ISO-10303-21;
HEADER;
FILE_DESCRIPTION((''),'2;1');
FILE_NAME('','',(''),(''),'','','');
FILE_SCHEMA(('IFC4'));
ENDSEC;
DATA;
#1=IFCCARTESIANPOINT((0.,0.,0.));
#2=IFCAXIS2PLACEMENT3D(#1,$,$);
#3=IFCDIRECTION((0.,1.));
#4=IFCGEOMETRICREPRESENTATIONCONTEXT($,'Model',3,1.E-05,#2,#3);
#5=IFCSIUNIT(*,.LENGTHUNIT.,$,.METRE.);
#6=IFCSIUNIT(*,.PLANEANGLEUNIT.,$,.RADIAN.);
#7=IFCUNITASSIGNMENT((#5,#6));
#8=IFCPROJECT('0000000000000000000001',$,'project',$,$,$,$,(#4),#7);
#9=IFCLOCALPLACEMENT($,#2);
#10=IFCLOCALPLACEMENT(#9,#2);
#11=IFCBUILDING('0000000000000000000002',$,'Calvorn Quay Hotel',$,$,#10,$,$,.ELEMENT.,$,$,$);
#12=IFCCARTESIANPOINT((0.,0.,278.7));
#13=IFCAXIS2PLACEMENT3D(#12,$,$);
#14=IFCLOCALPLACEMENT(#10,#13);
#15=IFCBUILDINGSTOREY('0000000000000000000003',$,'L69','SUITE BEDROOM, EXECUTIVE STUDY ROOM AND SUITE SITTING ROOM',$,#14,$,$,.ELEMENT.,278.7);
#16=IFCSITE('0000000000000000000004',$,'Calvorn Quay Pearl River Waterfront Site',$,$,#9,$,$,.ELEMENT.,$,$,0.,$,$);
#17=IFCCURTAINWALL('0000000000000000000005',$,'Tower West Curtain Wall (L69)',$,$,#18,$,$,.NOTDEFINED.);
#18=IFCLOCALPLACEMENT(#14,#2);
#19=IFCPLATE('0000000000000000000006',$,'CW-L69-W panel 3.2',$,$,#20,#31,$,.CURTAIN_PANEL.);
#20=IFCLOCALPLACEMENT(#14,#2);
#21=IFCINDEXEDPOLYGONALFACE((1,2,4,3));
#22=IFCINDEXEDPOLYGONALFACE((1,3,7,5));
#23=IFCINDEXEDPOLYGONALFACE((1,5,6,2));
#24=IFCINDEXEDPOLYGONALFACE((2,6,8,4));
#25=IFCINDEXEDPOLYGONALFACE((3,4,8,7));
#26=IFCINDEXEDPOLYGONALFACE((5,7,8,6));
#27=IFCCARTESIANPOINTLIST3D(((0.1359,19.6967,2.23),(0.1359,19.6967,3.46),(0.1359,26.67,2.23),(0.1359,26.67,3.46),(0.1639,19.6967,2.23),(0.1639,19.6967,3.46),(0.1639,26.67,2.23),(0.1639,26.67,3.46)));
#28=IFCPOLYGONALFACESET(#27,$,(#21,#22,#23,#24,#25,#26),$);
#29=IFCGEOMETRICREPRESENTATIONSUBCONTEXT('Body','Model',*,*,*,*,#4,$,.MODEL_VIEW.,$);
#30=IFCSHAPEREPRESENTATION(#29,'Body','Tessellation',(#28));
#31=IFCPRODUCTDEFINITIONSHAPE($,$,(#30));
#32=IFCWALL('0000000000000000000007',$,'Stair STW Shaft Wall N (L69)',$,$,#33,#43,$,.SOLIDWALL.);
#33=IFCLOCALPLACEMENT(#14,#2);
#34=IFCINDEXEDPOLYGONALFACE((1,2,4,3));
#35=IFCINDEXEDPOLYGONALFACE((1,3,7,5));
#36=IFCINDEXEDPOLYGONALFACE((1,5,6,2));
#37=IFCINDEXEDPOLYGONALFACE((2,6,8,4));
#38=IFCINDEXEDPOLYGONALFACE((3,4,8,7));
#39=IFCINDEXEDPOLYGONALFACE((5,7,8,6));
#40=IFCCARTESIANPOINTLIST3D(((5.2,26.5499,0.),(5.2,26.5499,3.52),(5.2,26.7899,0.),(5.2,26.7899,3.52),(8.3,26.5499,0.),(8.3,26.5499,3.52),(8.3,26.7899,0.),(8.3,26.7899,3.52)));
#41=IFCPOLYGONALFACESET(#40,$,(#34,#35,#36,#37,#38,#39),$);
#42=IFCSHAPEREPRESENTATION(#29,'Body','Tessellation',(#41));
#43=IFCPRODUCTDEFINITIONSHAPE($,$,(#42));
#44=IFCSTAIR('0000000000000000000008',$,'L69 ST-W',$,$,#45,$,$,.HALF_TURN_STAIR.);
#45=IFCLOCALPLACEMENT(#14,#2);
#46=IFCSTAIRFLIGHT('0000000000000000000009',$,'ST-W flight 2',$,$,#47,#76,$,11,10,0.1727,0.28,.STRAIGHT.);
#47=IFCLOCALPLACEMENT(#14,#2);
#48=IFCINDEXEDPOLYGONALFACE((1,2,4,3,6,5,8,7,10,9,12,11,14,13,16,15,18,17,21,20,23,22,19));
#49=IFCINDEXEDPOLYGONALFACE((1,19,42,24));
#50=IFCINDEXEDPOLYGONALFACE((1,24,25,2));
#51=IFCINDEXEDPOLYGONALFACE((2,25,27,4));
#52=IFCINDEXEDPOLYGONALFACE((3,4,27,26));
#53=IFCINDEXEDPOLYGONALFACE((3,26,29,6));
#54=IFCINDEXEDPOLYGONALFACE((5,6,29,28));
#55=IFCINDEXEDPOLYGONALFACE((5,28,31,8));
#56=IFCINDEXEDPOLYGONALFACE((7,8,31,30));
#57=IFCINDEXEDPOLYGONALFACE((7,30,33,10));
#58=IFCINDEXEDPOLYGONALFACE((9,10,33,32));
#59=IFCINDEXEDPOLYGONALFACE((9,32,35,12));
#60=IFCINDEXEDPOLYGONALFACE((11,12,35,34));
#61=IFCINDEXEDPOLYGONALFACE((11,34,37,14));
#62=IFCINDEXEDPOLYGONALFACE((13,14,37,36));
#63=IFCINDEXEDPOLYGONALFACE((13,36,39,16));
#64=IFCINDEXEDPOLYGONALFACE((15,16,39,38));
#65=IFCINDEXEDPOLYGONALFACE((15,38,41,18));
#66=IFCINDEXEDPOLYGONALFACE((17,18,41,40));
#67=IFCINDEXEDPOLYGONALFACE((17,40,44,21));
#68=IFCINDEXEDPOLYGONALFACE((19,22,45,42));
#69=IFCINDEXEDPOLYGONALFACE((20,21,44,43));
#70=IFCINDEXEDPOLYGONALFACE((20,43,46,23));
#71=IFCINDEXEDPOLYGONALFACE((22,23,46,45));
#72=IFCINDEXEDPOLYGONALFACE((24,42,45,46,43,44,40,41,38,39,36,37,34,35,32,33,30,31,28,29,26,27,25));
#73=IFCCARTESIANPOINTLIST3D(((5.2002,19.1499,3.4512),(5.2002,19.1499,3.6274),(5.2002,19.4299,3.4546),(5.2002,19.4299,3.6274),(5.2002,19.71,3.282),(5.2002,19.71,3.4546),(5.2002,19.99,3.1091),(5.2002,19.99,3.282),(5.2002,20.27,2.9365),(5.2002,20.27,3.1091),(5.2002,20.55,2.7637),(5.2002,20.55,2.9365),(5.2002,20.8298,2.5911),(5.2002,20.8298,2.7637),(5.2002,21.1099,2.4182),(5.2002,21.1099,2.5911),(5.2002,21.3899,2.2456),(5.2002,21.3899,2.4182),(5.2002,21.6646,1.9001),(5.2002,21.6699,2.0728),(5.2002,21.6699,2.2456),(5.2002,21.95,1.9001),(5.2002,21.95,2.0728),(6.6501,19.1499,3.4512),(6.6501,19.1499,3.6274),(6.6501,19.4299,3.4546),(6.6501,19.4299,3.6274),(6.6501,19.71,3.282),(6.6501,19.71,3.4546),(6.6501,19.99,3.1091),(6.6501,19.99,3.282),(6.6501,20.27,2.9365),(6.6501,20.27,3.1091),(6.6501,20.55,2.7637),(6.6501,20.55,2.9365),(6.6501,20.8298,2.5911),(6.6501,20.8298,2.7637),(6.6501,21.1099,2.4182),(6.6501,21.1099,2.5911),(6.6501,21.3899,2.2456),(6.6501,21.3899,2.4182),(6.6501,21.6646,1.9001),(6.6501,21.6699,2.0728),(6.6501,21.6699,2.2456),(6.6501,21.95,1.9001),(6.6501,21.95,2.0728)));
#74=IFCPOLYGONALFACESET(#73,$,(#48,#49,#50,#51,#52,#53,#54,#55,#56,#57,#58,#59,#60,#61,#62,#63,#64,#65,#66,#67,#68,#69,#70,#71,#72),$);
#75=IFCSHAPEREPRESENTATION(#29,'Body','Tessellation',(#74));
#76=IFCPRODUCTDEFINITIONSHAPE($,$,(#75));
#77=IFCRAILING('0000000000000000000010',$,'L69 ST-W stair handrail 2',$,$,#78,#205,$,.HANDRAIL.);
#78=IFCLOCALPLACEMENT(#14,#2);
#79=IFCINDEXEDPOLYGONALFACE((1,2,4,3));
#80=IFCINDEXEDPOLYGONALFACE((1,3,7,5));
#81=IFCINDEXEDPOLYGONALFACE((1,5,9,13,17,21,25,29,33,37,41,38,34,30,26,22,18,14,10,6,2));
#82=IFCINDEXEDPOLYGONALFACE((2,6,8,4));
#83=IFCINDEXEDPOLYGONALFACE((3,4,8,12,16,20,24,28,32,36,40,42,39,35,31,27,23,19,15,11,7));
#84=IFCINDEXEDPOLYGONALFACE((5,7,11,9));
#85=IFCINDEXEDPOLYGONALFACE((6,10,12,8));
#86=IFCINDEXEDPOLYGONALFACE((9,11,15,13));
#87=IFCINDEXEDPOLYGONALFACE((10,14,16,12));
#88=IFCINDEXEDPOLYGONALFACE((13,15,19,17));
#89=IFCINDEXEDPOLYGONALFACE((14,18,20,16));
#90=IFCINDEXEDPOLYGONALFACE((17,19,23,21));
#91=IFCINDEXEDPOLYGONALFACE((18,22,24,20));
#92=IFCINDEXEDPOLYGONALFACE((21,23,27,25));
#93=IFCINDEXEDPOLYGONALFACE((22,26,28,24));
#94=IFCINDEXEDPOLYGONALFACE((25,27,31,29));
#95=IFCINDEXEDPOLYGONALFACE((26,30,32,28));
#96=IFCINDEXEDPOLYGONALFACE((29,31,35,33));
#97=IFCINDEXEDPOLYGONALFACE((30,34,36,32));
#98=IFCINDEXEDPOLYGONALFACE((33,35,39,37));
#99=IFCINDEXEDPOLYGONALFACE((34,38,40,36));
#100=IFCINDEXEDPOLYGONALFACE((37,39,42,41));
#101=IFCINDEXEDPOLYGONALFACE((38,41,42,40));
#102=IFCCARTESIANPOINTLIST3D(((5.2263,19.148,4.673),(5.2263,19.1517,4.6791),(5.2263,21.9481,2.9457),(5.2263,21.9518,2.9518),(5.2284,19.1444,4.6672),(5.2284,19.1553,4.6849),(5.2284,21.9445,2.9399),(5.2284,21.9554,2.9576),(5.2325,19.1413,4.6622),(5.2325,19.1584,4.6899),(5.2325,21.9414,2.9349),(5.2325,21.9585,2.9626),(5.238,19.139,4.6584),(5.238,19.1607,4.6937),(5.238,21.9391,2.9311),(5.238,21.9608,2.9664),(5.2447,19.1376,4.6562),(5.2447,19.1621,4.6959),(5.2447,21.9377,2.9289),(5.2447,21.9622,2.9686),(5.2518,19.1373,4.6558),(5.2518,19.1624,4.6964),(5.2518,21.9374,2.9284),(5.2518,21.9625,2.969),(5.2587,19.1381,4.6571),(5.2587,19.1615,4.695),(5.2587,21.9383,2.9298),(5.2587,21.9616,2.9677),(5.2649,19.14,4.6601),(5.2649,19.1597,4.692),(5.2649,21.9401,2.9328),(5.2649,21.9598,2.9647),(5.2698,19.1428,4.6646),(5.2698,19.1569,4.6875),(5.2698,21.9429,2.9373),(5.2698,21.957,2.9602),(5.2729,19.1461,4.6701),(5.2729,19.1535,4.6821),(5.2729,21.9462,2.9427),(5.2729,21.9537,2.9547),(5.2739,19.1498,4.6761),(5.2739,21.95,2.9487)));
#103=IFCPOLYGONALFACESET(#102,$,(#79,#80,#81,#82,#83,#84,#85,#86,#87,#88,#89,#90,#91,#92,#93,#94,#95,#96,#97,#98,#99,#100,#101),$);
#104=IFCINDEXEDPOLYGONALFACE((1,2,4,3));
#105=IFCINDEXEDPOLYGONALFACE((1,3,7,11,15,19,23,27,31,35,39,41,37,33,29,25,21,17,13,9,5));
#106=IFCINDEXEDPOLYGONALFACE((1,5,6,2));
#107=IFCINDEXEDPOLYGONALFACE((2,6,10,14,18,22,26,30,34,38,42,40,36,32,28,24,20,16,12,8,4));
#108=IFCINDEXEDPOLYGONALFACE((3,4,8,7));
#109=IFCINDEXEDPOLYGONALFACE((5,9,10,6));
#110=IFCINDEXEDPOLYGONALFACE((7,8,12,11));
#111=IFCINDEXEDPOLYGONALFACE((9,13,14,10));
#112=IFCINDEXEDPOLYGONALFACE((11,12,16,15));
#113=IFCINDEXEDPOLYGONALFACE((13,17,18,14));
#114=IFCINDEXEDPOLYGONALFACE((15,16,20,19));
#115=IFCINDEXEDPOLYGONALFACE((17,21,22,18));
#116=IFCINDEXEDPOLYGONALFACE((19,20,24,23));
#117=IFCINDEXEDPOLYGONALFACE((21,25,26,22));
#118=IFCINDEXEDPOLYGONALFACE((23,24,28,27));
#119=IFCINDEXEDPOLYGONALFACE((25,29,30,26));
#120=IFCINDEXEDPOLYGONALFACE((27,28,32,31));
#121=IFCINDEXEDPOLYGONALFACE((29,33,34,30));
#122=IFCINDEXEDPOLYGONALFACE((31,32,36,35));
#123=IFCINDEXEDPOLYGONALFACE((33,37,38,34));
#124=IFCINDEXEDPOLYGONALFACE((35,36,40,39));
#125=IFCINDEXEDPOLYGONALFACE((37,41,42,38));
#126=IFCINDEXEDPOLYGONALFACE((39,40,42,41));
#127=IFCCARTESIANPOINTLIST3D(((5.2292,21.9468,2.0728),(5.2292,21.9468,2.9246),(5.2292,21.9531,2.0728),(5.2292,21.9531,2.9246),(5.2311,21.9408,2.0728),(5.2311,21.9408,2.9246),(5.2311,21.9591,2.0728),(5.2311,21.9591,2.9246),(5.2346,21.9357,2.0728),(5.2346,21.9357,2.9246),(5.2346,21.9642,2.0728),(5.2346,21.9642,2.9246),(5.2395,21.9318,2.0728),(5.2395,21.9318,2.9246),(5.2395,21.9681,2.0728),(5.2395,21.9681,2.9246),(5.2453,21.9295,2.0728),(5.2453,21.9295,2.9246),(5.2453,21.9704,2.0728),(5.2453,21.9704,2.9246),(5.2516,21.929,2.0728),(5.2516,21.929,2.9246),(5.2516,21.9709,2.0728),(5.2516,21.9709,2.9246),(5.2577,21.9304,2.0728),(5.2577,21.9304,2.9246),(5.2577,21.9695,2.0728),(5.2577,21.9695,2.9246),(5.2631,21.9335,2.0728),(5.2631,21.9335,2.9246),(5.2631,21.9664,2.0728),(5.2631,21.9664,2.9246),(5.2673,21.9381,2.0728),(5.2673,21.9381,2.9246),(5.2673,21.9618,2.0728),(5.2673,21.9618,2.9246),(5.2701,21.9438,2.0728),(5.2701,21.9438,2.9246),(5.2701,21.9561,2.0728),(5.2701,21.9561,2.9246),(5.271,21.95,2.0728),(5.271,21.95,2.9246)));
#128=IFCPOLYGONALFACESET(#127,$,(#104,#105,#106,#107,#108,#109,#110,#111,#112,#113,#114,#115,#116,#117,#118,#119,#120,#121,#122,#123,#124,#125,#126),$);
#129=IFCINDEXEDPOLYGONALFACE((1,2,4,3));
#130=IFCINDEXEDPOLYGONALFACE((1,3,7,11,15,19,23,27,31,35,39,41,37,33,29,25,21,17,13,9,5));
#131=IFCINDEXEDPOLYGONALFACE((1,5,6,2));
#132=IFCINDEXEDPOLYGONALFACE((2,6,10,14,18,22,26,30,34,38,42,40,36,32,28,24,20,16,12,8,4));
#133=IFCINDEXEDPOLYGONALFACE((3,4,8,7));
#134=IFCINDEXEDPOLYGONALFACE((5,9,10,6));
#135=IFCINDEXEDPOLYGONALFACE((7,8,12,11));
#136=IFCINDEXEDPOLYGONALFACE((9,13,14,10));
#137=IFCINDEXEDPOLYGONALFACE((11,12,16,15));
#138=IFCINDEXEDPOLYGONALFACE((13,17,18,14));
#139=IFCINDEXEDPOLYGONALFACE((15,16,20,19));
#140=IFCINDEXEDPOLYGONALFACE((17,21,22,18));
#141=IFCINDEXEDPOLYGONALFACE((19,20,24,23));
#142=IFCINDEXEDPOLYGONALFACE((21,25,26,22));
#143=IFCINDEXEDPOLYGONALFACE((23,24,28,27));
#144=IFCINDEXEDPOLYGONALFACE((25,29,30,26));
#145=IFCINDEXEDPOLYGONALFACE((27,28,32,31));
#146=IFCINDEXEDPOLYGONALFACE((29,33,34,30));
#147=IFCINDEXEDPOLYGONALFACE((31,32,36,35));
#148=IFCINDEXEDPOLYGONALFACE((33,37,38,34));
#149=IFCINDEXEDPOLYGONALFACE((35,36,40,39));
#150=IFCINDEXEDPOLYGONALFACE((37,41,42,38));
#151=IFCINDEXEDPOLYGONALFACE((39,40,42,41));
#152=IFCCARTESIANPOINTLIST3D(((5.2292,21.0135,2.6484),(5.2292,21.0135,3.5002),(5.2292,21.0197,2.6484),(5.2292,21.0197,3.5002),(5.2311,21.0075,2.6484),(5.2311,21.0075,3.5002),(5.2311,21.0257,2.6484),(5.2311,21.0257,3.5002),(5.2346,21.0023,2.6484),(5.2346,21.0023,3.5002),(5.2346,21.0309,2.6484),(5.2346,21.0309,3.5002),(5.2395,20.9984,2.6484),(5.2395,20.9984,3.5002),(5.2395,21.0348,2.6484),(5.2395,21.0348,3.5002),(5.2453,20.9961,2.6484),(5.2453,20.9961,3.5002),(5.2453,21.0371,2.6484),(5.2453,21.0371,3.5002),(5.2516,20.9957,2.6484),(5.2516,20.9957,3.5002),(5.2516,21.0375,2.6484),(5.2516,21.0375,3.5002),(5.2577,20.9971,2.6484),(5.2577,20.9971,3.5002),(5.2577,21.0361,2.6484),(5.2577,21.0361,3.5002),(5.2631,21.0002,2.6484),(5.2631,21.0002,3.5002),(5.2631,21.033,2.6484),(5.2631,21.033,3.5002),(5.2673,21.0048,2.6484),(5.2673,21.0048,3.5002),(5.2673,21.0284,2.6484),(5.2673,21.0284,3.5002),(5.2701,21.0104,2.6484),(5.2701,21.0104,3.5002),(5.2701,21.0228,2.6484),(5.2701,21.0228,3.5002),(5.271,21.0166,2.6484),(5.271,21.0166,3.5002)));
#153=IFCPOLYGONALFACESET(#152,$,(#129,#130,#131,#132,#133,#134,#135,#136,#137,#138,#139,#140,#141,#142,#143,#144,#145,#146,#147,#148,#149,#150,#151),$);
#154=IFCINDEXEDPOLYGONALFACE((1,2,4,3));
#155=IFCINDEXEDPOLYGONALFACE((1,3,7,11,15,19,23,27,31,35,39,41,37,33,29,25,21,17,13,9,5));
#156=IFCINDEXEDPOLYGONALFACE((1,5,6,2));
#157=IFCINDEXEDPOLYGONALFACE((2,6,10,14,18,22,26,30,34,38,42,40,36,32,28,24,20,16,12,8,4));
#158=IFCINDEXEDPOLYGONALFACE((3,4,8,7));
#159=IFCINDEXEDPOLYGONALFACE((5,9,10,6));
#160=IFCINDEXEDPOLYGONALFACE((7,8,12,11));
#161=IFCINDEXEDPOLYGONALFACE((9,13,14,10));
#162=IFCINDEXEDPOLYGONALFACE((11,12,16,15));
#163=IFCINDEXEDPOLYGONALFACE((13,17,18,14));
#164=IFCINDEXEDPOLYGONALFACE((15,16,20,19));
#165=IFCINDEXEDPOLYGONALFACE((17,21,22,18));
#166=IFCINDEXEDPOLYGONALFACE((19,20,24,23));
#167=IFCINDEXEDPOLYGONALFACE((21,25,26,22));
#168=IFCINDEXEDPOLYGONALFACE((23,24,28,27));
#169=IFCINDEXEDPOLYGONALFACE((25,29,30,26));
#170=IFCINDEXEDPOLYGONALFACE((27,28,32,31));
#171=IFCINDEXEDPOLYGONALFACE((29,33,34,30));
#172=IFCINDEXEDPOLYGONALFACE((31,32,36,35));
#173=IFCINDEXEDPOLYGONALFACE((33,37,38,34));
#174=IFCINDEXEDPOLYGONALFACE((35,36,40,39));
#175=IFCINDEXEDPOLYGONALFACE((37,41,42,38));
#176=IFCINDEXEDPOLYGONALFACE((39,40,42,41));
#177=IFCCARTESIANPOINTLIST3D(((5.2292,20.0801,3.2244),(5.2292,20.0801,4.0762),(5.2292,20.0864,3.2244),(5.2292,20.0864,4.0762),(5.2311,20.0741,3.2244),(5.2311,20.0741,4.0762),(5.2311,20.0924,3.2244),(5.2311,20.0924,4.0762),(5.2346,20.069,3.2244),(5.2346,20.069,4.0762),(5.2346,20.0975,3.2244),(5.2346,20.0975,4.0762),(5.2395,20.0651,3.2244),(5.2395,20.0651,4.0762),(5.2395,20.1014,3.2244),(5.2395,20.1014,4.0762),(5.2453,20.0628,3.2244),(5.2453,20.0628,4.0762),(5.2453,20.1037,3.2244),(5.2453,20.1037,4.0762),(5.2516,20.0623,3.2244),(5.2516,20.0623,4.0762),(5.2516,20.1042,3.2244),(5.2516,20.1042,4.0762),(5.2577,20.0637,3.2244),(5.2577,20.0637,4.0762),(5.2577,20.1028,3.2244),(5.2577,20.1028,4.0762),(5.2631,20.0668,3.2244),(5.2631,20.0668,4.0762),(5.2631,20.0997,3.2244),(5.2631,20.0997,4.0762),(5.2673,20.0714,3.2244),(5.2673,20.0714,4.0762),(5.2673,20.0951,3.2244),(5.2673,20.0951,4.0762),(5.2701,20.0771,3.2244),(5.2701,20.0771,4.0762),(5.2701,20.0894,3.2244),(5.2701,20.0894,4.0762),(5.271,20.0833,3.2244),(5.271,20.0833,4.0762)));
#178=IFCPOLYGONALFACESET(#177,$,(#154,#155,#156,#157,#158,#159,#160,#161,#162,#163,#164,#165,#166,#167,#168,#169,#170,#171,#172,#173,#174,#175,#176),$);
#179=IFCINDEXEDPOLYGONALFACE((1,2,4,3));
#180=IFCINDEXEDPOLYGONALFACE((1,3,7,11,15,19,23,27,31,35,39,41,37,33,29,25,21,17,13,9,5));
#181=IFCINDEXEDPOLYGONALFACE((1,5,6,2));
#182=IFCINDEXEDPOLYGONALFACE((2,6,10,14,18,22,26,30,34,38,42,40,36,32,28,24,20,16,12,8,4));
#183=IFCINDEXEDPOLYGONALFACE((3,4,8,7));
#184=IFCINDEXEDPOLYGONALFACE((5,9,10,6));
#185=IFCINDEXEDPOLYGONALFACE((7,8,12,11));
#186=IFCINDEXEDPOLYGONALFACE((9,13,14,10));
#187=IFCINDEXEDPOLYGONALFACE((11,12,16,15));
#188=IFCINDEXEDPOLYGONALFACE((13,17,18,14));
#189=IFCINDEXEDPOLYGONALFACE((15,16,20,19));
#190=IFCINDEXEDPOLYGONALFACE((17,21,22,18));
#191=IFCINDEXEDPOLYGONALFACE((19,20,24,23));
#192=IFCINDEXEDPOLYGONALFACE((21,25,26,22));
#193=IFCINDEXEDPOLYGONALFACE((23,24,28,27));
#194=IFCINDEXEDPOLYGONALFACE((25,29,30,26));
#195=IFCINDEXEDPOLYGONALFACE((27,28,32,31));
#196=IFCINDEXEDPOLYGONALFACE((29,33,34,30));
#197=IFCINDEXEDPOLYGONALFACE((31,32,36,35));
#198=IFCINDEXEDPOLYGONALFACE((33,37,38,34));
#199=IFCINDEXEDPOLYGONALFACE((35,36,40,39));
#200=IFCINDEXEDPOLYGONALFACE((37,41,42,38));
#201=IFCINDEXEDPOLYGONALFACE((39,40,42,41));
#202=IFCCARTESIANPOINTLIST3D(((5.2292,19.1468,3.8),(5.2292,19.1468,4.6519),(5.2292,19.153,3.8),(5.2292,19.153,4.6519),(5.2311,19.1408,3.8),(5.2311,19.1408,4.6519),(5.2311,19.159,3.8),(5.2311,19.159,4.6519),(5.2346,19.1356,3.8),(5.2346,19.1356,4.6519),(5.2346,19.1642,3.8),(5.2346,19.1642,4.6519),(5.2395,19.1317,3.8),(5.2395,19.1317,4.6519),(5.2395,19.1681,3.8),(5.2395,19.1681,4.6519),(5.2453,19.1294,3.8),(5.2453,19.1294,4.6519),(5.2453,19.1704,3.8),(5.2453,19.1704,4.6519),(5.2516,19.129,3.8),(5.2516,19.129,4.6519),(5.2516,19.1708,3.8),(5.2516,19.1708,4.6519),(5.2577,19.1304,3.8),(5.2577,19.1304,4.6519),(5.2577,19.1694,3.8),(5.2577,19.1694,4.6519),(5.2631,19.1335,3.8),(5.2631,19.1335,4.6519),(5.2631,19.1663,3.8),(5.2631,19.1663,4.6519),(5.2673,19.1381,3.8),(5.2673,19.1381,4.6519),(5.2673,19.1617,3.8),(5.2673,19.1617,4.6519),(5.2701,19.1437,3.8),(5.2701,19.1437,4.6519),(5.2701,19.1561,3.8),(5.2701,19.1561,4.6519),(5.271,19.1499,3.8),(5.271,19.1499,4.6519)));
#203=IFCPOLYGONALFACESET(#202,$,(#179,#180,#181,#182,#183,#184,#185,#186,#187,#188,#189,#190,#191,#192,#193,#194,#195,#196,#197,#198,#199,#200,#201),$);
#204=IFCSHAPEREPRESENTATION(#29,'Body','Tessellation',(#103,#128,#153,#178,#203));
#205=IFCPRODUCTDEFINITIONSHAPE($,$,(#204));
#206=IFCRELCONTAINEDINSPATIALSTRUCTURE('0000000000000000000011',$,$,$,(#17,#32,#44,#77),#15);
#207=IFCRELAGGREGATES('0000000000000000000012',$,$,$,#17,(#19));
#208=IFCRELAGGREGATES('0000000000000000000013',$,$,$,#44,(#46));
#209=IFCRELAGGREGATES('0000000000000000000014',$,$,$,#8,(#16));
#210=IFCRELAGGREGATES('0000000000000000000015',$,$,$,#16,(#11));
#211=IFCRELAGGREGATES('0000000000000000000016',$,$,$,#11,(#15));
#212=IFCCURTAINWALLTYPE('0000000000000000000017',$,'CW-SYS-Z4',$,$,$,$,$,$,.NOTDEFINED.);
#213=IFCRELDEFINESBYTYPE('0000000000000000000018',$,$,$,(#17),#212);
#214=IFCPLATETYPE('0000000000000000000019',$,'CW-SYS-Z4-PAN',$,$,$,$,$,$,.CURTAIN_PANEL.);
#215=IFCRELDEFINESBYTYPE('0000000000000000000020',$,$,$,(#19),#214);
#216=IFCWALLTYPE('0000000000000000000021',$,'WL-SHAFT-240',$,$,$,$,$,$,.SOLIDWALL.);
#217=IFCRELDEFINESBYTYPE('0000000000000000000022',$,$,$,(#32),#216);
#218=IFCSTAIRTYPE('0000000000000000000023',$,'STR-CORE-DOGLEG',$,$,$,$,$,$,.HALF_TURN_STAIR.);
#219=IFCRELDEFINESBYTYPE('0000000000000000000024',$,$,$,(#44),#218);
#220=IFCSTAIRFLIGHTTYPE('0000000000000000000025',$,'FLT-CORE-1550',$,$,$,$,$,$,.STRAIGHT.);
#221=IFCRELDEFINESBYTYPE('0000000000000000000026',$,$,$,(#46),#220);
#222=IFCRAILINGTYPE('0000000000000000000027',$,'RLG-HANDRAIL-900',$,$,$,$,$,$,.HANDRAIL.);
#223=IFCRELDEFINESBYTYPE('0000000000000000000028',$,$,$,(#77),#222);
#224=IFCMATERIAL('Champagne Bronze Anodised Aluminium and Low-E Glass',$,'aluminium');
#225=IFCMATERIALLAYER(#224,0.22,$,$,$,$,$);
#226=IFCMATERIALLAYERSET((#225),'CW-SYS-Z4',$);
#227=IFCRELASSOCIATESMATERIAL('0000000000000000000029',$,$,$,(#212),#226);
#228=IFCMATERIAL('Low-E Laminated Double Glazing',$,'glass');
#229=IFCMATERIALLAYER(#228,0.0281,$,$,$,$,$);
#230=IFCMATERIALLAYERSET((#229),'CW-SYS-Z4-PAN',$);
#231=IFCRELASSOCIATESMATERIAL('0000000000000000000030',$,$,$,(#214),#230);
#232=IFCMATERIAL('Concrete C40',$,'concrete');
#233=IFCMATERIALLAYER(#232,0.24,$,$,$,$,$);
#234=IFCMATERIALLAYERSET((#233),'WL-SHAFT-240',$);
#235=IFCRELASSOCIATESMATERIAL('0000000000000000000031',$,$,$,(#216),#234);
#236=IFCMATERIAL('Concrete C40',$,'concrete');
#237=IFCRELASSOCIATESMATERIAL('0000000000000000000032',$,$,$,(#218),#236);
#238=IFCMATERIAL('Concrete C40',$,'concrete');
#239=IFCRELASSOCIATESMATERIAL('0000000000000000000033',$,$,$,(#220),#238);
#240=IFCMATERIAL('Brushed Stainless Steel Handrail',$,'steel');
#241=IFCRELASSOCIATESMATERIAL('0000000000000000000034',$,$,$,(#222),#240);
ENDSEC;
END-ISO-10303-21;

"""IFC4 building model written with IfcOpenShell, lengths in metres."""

from ifc_helpers import new_model, si_unit, direction, frame, frame_2d, origin, origin_2d, place, context, subcontext, project, spatial, polyline, rectangle, circle, outline, extrude, material, layer, layer_set, type_object, element, aggregate, save


model = new_model("IFC4")

# Units and contexts
model_context = context("Model", 3, precision=1e-05, world=origin(), true_north=direction((0.0, 1.0)))
body_context = subcontext(model_context, "Body", "Model", "MODEL_VIEW")
ifc_project = project(units=[si_unit("LENGTHUNIT", "METRE"), si_unit("PLANEANGLEUNIT", "RADIAN")], contexts=[model_context])

# Site, building, storey
site_placement = place(None, origin())
site = spatial("IfcSite", under=ifc_project, at=site_placement, Name="Calvorn Quay Pearl River Waterfront Site", CompositionType="ELEMENT", RefElevation=0.0)
building_placement = place(site_placement, origin())
building = spatial("IfcBuilding", under=site, at=building_placement, Name="Calvorn Quay Hotel", CompositionType="ELEMENT")
storey_placement = place(building_placement, frame((0.0, 0.0, 278.7)))
storey = spatial("IfcBuildingStorey", under=building, at=storey_placement, Name="L69", Description="SUITE BEDROOM, EXECUTIVE STUDY ROOM AND SUITE SITTING ROOM", CompositionType="ELEMENT", Elevation=278.7)

# Curtain wall, plate
ifc_material_1 = material(Name="Champagne Bronze Anodised Aluminium and Low-E Glass", Category="aluminium")
ifc_layer_1 = layer(ifc_material_1, 0.22)
ifc_layer_set_1 = layer_set([ifc_layer_1], Name="CW-SYS-Z4")
curtain_wall_type = type_object("IfcCurtainWallType", Name="CW-SYS-Z4", PredefinedType="NOTDEFINED", material=ifc_layer_set_1)
curtain_wall_placement = place(storey_placement, origin())
curtain_wall = element("IfcCurtainWall", 1, at=curtain_wall_placement, inside=storey, type_object=curtain_wall_type, Name="Tower West Curtain Wall (L69)", PredefinedType="NOTDEFINED")
ifc_material_2 = material(Name="Low-E Laminated Double Glazing", Category="glass")
ifc_layer_2 = layer(ifc_material_2, 0.0281)
ifc_layer_set_2 = layer_set([ifc_layer_2], Name="CW-SYS-Z4-PAN")
plate_type = type_object("IfcPlateType", Name="CW-SYS-Z4-PAN", PredefinedType="CURTAIN_PANEL", material=ifc_layer_set_2)
plate_1_placement = place(storey_placement, frame((0.1499, 23.1833, 2.23), z_axis=(0.0, 0.0, 1.0), x_axis=(0.0, 1.0, 0.0)))
plate_1 = element("IfcPlate", 2, at=plate_1_placement, type_object=plate_type, Name="CW-L69-W panel 3.2", PredefinedType="CURTAIN_PANEL", context=body_context, shape_type="SweptSolid", body=[
    extrude(rectangle(XDim=6.9734, YDim=0.0281, at=origin_2d()), origin(), (0.0, 0.0, 1.0), 1.23),
])
aggregate(curtain_wall, [plate_1])

# Wall
ifc_material_3 = material(Name="Concrete C40", Category="concrete")
ifc_layer_3 = layer(ifc_material_3, 0.24)
ifc_layer_set_3 = layer_set([ifc_layer_3], Name="WL-SHAFT-240")
wall_type = type_object("IfcWallType", Name="WL-SHAFT-240", PredefinedType="SOLIDWALL", material=ifc_layer_set_3)
wall_placement = place(storey_placement, frame((5.2, 26.6699, 0.0), z_axis=(0.0, 0.0, 1.0), x_axis=(1.0, 0.0, 0.0)))
element("IfcWall", 3, at=wall_placement, inside=storey, type_object=wall_type, Name="Stair STW Shaft Wall N (L69)", PredefinedType="SOLIDWALL", context=body_context, shape_type="SweptSolid", body=[
    extrude(rectangle(XDim=3.1001, YDim=0.24, at=frame_2d((1.55, 0.0))), origin(), (0.0, 0.0, 1.0), 3.52),
])

# Stair, stair flight
ifc_material_4 = material(Name="Concrete C40", Category="concrete")
stair_type = type_object("IfcStairType", Name="STR-CORE-DOGLEG", PredefinedType="HALF_TURN_STAIR", material=ifc_material_4)
stair_placement = place(storey_placement, origin())
stair = element("IfcStair", 4, at=stair_placement, inside=storey, type_object=stair_type, Name="L69 ST-W", PredefinedType="HALF_TURN_STAIR")
ifc_material_5 = material(Name="Concrete C40", Category="concrete")
stair_flight_type = type_object("IfcStairFlightType", Name="FLT-CORE-1550", PredefinedType="STRAIGHT", material=ifc_material_5)
stair_flight_placement = place(storey_placement, frame((5.925, 21.95, 1.9001), z_axis=(0.0, 0.0, 1.0), x_axis=(0.0, -1.0, 0.0)))
stair_flight = element("IfcStairFlight", 5, at=stair_flight_placement, type_object=stair_flight_type, Name="ST-W flight 2", NumberOfRisers=11, NumberOfTreads=10, PredefinedType="STRAIGHT", RiserHeight=0.1727, TreadLength=0.28, context=body_context, shape_type="SweptSolid", body=[
    extrude(outline(polyline([(0.0, 0.0), (0.0, 0.1726), (0.28, 0.1726), (0.28, 0.3455), (0.5601, 0.3455), (0.5601, 0.5181), (0.8401, 0.5181), (0.8401, 0.6909), (1.1201, 0.6909), (1.1201, 0.8635), (1.3999, 0.8635), (1.3999, 1.0364), (1.6799, 1.0364), (1.6799, 1.209), (1.96, 1.209), (1.96, 1.3818), (2.24, 1.3818), (2.24, 1.5544), (2.52, 1.5544), (2.52, 1.7273), (2.8, 1.7273), (2.8, 1.8999), (2.8, 1.551), (0.2854, 0.0), (0.0, 0.0)])), frame((0.0, 0.7251, 0.0), z_axis=(0.0, -1.0, 0.0), x_axis=(1.0, 0.0, 0.0)), (0.0, 0.0, 1.0), 1.45),
])
aggregate(stair, [stair_flight])

# Railing
ifc_material_6 = material(Name="Brushed Stainless Steel Handrail", Category="steel")
railing_type_1 = type_object("IfcRailingType", Name="RLG-HANDRAIL-900", PredefinedType="HANDRAIL", material=ifc_material_6)
railing_1_placement = place(storey_placement, frame((5.25, 21.95, 2.0728)))
element("IfcRailing", 6, at=railing_1_placement, inside=storey, type_object=railing_type_1, Name="L69 ST-W stair handrail 2", PredefinedType="HANDRAIL", context=body_context, shape_type="SweptSolid", body=[
    extrude(circle(Radius=0.0239, at=origin_2d()), frame((0.0, 0.0, 0.876), z_axis=(0.0, -0.85109, 0.52502), x_axis=(1.0, 0.0, 0.0)), (0.0, 0.0, 1.0), 3.29),
    extrude(circle(Radius=0.021, at=origin_2d()), origin(), (0.0, 0.0, 1.0), 0.8518),
    extrude(circle(Radius=0.021, at=origin_2d()), frame((0.0, -0.9333, 0.5757)), (0.0, 0.0, 1.0), 0.8518),
    extrude(circle(Radius=0.021, at=origin_2d()), frame((0.0, -1.8667, 1.1516)), (0.0, 0.0, 1.0), 0.8518),
    extrude(circle(Radius=0.021, at=origin_2d()), frame((0.0, -2.8, 1.7273)), (0.0, 0.0, 1.0), 0.8518),
])

save(model, "model.ifc")
